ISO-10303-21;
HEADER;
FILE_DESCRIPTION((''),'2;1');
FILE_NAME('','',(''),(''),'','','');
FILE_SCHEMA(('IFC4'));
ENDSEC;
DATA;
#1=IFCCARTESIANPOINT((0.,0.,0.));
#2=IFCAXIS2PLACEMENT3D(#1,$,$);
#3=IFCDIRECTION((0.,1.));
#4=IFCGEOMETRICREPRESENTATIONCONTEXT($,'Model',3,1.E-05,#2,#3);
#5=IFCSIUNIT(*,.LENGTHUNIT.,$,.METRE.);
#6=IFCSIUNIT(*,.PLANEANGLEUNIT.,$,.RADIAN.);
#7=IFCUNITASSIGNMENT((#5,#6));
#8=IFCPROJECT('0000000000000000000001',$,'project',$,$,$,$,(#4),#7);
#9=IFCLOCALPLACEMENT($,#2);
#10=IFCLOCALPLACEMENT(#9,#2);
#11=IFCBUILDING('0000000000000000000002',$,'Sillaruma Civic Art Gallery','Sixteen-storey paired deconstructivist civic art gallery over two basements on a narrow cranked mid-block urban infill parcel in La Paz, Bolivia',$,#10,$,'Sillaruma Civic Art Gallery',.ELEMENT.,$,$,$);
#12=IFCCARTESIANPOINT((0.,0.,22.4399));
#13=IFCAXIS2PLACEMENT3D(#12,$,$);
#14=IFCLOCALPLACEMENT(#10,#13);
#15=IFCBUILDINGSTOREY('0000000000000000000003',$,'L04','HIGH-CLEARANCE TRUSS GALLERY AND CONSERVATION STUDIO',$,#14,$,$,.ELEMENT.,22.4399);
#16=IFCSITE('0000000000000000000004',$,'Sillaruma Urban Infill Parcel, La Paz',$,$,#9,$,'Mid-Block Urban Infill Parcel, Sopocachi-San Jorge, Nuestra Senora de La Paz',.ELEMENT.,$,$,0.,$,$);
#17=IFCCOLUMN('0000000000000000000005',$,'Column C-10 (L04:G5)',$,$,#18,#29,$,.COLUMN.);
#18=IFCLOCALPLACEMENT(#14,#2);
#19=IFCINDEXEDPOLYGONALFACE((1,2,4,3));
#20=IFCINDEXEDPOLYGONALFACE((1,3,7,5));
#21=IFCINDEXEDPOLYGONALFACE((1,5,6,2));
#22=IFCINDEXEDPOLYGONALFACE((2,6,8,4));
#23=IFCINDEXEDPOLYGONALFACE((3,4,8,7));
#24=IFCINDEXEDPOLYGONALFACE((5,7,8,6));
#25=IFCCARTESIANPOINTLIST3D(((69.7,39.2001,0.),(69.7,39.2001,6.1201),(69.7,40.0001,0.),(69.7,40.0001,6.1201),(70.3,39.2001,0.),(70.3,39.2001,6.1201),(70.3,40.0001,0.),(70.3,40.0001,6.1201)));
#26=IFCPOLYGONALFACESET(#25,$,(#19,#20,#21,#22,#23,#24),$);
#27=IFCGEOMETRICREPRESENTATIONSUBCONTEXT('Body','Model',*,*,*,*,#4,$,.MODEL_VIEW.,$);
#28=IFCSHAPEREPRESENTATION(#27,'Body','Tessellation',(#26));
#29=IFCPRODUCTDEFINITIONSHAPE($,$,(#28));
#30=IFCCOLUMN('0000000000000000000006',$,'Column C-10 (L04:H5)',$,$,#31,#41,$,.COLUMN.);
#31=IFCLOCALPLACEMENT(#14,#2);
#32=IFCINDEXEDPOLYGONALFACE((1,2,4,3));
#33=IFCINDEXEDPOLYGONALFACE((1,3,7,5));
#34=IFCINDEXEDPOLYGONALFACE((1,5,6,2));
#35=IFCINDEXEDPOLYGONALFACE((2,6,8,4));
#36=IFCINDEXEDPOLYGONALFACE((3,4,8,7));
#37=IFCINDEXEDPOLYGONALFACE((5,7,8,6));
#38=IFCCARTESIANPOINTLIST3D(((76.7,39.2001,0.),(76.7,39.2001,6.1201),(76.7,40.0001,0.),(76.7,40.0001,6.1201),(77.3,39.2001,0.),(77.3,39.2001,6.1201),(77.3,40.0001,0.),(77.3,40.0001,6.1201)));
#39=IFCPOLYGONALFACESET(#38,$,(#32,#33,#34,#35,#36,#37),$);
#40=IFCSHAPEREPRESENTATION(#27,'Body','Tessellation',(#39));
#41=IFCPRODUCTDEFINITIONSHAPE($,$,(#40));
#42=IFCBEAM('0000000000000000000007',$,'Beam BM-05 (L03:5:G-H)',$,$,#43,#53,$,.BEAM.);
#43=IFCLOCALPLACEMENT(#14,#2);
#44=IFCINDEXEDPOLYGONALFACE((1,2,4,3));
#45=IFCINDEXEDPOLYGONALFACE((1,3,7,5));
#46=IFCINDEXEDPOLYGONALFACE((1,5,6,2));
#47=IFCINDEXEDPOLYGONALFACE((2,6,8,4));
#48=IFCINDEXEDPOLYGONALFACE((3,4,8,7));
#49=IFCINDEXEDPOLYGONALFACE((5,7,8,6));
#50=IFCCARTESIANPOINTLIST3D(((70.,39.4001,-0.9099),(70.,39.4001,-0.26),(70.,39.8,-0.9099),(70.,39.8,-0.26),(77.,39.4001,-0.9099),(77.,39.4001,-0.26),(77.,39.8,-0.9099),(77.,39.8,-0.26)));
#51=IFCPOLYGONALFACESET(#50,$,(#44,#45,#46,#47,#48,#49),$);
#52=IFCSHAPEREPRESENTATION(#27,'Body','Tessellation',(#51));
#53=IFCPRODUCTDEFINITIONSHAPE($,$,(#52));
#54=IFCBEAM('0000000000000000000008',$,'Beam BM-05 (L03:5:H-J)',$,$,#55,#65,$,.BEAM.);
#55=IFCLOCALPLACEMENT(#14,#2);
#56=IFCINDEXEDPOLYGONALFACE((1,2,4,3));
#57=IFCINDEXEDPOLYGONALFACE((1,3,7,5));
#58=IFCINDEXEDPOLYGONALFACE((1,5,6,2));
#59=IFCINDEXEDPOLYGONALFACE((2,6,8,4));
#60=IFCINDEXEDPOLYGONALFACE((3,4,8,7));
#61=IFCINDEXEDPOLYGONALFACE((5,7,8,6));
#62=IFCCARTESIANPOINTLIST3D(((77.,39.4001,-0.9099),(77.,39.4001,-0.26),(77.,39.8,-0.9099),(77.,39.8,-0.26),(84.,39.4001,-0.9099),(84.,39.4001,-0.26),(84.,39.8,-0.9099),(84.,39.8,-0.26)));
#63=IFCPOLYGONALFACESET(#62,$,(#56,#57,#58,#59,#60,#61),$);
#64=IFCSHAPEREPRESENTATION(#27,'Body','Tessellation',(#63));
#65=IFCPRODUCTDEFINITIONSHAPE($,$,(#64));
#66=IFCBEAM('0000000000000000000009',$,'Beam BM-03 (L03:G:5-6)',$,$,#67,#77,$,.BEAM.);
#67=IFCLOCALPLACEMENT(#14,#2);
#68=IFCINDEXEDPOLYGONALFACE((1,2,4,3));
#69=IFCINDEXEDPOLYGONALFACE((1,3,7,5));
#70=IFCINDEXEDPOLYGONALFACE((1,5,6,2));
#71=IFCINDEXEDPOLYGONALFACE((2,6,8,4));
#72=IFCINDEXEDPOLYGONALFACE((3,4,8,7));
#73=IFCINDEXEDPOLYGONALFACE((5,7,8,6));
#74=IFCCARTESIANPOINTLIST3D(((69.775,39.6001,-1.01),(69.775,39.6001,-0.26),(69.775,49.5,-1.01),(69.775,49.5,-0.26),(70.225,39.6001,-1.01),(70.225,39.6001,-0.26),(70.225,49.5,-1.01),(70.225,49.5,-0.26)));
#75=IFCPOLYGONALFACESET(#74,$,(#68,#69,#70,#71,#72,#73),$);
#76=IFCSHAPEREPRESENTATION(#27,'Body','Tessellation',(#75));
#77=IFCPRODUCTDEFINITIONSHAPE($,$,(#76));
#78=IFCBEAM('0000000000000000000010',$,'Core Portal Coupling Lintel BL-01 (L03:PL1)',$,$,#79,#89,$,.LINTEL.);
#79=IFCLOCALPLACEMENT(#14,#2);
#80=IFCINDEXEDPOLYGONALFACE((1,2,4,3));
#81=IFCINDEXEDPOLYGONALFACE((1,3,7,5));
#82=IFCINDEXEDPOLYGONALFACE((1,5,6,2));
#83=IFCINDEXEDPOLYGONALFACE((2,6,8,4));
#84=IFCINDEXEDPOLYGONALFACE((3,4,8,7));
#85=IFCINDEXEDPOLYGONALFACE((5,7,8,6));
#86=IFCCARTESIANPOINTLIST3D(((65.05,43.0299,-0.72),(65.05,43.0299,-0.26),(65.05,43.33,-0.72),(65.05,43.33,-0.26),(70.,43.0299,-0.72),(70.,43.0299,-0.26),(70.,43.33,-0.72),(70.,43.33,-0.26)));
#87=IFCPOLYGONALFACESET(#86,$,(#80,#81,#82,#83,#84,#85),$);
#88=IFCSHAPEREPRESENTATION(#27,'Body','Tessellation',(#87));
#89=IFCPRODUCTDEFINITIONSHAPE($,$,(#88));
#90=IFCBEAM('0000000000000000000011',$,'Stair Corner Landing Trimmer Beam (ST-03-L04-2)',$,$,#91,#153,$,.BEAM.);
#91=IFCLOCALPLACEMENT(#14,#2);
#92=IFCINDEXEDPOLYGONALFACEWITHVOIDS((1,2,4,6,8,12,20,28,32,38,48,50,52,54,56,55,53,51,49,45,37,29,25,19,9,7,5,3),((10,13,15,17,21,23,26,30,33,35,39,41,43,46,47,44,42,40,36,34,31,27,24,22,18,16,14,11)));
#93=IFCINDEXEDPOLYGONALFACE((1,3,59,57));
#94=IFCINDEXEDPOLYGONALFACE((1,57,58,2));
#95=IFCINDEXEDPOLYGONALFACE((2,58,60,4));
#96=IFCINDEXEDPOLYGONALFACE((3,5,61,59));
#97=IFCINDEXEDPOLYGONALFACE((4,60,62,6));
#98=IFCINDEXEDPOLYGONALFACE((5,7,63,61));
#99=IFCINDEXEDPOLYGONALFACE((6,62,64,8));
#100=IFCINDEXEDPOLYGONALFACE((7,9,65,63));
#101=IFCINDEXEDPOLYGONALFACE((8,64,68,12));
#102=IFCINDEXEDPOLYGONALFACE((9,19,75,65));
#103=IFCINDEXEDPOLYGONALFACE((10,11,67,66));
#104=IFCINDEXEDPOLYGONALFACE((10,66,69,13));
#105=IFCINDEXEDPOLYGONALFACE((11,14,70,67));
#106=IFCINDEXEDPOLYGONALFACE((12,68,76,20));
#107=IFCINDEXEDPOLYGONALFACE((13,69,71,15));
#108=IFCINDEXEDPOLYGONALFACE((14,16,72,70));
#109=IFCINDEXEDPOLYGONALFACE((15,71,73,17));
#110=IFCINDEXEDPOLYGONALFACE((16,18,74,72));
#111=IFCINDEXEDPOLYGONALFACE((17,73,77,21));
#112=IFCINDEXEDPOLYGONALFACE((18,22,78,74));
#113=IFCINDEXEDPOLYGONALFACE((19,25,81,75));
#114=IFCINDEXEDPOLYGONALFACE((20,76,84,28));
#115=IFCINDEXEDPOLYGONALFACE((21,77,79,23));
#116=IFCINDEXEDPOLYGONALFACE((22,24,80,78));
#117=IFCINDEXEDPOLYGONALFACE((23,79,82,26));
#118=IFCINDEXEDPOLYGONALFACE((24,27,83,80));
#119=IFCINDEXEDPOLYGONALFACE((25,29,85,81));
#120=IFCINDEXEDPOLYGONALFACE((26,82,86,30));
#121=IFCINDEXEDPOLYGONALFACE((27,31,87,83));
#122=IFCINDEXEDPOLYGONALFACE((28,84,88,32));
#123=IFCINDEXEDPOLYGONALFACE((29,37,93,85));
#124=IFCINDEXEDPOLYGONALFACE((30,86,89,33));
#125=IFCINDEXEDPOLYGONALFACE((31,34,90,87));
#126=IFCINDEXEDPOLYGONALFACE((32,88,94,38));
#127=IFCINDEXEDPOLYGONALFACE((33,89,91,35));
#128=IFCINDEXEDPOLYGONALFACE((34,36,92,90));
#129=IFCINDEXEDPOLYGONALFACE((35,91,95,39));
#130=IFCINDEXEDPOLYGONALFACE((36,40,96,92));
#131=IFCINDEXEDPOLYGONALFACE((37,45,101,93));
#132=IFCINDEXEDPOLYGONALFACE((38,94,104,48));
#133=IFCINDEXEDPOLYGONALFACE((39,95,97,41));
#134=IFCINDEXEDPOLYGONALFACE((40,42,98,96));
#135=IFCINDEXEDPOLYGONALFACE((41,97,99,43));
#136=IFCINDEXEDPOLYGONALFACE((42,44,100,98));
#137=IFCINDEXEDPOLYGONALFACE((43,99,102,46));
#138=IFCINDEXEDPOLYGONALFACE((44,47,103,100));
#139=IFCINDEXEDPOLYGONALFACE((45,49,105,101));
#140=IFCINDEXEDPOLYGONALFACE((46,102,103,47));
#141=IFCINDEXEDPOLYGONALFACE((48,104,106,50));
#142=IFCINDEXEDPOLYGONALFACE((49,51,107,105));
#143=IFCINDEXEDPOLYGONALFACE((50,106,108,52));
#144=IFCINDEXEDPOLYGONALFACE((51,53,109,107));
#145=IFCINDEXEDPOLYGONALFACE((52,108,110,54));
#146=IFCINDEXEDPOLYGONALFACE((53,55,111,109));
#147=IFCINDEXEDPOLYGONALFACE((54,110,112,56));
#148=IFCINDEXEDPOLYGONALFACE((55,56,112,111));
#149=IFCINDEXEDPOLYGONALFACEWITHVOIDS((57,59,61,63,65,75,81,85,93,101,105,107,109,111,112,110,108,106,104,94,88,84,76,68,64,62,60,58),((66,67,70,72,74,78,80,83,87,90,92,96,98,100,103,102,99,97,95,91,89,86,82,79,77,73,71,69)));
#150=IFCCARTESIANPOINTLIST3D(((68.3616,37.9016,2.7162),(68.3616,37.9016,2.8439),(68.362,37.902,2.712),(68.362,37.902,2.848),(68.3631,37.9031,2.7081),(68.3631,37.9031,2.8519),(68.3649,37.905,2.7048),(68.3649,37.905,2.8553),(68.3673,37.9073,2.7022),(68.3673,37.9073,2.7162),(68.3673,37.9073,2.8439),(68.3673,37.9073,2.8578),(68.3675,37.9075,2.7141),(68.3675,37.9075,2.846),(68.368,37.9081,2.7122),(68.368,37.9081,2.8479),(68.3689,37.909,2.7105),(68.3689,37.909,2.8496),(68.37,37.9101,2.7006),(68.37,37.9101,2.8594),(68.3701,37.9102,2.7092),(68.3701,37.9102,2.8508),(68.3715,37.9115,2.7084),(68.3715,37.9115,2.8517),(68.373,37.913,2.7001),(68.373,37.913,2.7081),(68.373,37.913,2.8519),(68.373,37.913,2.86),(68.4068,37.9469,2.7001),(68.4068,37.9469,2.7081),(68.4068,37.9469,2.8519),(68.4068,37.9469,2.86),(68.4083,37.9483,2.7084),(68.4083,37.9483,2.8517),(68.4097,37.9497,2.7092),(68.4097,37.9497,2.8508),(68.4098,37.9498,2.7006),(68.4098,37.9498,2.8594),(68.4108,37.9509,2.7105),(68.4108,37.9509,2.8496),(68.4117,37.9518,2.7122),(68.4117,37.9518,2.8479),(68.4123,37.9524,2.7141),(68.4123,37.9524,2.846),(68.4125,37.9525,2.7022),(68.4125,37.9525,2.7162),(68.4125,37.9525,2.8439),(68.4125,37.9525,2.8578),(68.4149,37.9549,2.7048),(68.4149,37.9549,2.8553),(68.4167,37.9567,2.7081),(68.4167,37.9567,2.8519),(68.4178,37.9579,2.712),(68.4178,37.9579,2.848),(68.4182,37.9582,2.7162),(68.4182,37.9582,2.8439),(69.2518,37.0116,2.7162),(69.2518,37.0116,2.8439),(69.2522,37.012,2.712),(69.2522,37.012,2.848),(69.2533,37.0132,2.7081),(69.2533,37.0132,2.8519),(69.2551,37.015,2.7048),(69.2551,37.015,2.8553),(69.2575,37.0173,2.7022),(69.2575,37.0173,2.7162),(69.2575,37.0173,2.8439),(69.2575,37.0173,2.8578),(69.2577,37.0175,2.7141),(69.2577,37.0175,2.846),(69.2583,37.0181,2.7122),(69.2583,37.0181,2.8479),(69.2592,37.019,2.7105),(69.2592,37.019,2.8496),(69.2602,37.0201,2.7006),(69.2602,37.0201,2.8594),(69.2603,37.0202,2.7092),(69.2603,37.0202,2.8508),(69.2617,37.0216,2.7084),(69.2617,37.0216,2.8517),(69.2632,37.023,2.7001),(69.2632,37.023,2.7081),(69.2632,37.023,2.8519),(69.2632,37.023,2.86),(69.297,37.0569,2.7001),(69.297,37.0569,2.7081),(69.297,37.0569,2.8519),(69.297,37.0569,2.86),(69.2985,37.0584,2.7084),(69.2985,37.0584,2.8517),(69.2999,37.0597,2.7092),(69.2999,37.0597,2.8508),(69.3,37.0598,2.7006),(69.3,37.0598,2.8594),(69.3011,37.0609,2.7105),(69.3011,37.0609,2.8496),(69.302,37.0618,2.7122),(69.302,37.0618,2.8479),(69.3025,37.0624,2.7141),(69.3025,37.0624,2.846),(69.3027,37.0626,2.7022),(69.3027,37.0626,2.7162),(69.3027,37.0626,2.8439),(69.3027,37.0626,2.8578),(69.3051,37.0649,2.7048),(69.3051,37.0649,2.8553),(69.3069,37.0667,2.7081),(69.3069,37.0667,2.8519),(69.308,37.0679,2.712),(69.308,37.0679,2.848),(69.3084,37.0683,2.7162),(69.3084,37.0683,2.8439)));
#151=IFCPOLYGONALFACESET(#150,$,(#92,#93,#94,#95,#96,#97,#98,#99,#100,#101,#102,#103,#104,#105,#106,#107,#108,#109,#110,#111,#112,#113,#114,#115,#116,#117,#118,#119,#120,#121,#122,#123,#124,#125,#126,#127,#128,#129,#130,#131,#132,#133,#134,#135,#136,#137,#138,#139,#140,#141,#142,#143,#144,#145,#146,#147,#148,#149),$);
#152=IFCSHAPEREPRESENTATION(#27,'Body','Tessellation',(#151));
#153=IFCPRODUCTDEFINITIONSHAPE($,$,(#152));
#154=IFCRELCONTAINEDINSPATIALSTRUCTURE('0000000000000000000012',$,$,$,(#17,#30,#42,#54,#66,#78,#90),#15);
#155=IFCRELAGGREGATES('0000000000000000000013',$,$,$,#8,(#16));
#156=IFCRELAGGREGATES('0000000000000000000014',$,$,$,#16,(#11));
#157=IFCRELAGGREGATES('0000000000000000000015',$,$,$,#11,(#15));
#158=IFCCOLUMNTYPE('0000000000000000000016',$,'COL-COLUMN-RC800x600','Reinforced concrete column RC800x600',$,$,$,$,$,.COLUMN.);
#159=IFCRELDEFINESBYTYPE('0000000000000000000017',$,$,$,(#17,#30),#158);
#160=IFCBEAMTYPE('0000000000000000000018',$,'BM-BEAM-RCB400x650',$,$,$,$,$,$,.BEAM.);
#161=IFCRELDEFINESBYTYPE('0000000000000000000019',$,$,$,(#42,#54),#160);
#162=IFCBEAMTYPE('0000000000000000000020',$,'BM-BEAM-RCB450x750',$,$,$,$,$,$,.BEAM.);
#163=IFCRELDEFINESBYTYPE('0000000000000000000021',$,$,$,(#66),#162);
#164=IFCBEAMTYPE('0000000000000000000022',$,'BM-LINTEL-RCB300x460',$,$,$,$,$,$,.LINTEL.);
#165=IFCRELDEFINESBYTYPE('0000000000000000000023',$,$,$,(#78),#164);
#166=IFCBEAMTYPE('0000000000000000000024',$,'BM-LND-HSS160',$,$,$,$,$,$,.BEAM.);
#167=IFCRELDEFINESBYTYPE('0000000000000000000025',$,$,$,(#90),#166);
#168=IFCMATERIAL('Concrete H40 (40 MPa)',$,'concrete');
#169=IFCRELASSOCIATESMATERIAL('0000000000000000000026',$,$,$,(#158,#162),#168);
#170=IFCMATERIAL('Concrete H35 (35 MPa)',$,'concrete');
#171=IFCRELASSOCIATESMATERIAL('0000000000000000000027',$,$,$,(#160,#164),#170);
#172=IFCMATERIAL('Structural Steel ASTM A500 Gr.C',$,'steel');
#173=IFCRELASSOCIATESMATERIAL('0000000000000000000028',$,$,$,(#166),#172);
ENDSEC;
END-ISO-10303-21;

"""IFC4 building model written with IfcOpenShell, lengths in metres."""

from ifc_helpers import new_model, si_unit, direction, frame, origin, origin_2d, place, context, subcontext, project, spatial, rectangle, hollow_rectangle, extrude, material, material_profile, profile_set, type_object, element, save


model = new_model("IFC4")

# Units and contexts
model_context = context("Model", 3, precision=1e-05, world=origin(), true_north=direction((0.0, 1.0)))
body_context = subcontext(model_context, "Body", "Model", "MODEL_VIEW")
ifc_project = project(units=[si_unit("LENGTHUNIT", "METRE"), si_unit("PLANEANGLEUNIT", "RADIAN")], contexts=[model_context])

# Site, building, storey
site_placement = place(None, origin())
site = spatial("IfcSite", under=ifc_project, at=site_placement, Name="Sillaruma Urban Infill Parcel, La Paz", LongName="Mid-Block Urban Infill Parcel, Sopocachi-San Jorge, Nuestra Senora de La Paz", CompositionType="ELEMENT", RefElevation=0.0)
building_placement = place(site_placement, origin())
building = spatial("IfcBuilding", under=site, at=building_placement, Name="Sillaruma Civic Art Gallery", Description="Sixteen-storey paired deconstructivist civic art gallery over two basements on a narrow cranked mid-block urban infill parcel in La Paz, Bolivia", LongName="Sillaruma Civic Art Gallery", CompositionType="ELEMENT")
storey_placement = place(building_placement, frame((0.0, 0.0, 22.4399)))
storey = spatial("IfcBuildingStorey", under=building, at=storey_placement, Name="L04", Description="HIGH-CLEARANCE TRUSS GALLERY AND CONSERVATION STUDIO", CompositionType="ELEMENT", Elevation=22.4399)

# Columns
ifc_material_1 = material(Name="Concrete H40 (40 MPa)", Category="concrete")
ifc_material_profile_1 = material_profile(ifc_material_1, rectangle(XDim=0.6001, YDim=0.8, at=origin_2d()), Name="RC800x600")
ifc_profile_set_1 = profile_set([ifc_material_profile_1], Name="Concrete H40 (40 MPa)")
column_type = type_object("IfcColumnType", Name="COL-COLUMN-RC800x600", Description="Reinforced concrete column RC800x600", PredefinedType="COLUMN", material=ifc_profile_set_1)
for number, where, z_axis, x_axis, name in (
    (1, (70.0, 39.6001, 0.0), (0.0, 0.0, 1.0), (1.0, 0.0, 0.0), "Column C-10 (L04:G5)"),
    (2, (77.0, 39.6001, 0.0), (0.0, 0.0, 1.0), (1.0, 0.0, 0.0), "Column C-10 (L04:H5)"),
):
    element("IfcColumn", number, at=place(storey_placement, frame(where, z_axis=z_axis, x_axis=x_axis)), inside=storey, type_object=column_type, Name=name, PredefinedType="COLUMN", context=body_context, shape_type="SweptSolid", body=[
        extrude(rectangle(XDim=0.6001, YDim=0.8, at=origin_2d()), origin(), (0.0, 0.0, 1.0), 6.1201),
    ])

# Beams
ifc_material_2 = material(Name="Concrete H35 (35 MPa)", Category="concrete")
ifc_material_profile_2 = material_profile(ifc_material_2, rectangle(XDim=0.3999, YDim=0.6499, at=origin_2d()), Name="RCB400x650")
ifc_profile_set_2 = profile_set([ifc_material_profile_2], Name="Concrete H35 (35 MPa)")
beam_type_1 = type_object("IfcBeamType", Name="BM-BEAM-RCB400x650", PredefinedType="BEAM", material=ifc_profile_set_2)
for number, where, z_axis, x_axis, name in (
    (3, (70.0, 39.6001, -0.585), (1.0, 0.0, 0.0), (0.0, 1.0, 0.0), "Beam BM-05 (L03:5:G-H)"),
    (4, (77.0, 39.6001, -0.585), (1.0, 0.0, 0.0), (0.0, 1.0, 0.0), "Beam BM-05 (L03:5:H-J)"),
):
    element("IfcBeam", number, at=place(storey_placement, frame(where, z_axis=z_axis, x_axis=x_axis)), inside=storey, type_object=beam_type_1, Name=name, PredefinedType="BEAM", context=body_context, shape_type="SweptSolid", body=[
        extrude(rectangle(XDim=0.3999, YDim=0.6499, at=origin_2d()), origin(), (0.0, 0.0, 1.0), 7.0),
    ])
ifc_material_profile_3 = material_profile(ifc_material_1, rectangle(XDim=0.45, YDim=0.75, at=origin_2d()), Name="RCB450x750")
ifc_profile_set_3 = profile_set([ifc_material_profile_3], Name="Concrete H40 (40 MPa)")
beam_type_2 = type_object("IfcBeamType", Name="BM-BEAM-RCB450x750", PredefinedType="BEAM", material=ifc_profile_set_3)
beam_1_placement = place(storey_placement, frame((70.0, 39.6001, -0.635), z_axis=(0.0, 1.0, 0.0), x_axis=(-1.0, 0.0, 0.0)))
element("IfcBeam", 5, at=beam_1_placement, inside=storey, type_object=beam_type_2, Name="Beam BM-03 (L03:G:5-6)", PredefinedType="BEAM", context=body_context, shape_type="SweptSolid", body=[
    extrude(rectangle(XDim=0.45, YDim=0.75, at=origin_2d()), origin(), (0.0, 0.0, 1.0), 9.8999),
])
ifc_material_profile_4 = material_profile(ifc_material_2, rectangle(XDim=0.3, YDim=0.46, at=origin_2d()), Name="RCB300x460")
ifc_profile_set_4 = profile_set([ifc_material_profile_4], Name="Concrete H35 (35 MPa)")
beam_type_3 = type_object("IfcBeamType", Name="BM-LINTEL-RCB300x460", PredefinedType="LINTEL", material=ifc_profile_set_4)
beam_2_placement = place(storey_placement, frame((65.05, 43.1799, -0.49), z_axis=(1.0, 0.0, 0.0), x_axis=(0.0, 1.0, 0.0)))
element("IfcBeam", 6, at=beam_2_placement, inside=storey, type_object=beam_type_3, Name="Core Portal Coupling Lintel BL-01 (L03:PL1)", PredefinedType="LINTEL", context=body_context, shape_type="SweptSolid", body=[
    extrude(rectangle(XDim=0.3, YDim=0.46, at=origin_2d()), origin(), (0.0, 0.0, 1.0), 4.95),
])
ifc_material_3 = material(Name="Structural Steel ASTM A500 Gr.C", Category="steel")
ifc_material_profile_5 = material_profile(ifc_material_3, hollow_rectangle(XDim=0.0801, YDim=0.1599, WallThickness=0.0081, InnerFilletRadius=0.0081, OuterFilletRadius=0.0161, at=origin_2d()), Name="HSS160x80x8")
ifc_profile_set_5 = profile_set([ifc_material_profile_5], Name="Structural Steel ASTM A500 Gr.C")
beam_type_4 = type_object("IfcBeamType", Name="BM-LND-HSS160", PredefinedType="BEAM", material=ifc_profile_set_5)
for number, where, z_axis, x_axis, name in (
    (7, (68.3899, 37.9299, 2.78), (0.707204, -0.70701, 0.0), (0.70701, 0.707204, 0.0), "Stair Corner Landing Trimmer Beam (ST-03-L04-2)"),
):
    element("IfcBeam", number, at=place(storey_placement, frame(where, z_axis=z_axis, x_axis=x_axis)), inside=storey, type_object=beam_type_4, Name=name, PredefinedType="BEAM", context=body_context, shape_type="SweptSolid", body=[
        extrude(hollow_rectangle(XDim=0.0801, YDim=0.1599, WallThickness=0.0081, InnerFilletRadius=0.0081, OuterFilletRadius=0.0161, at=origin_2d()), origin(), (0.0, 0.0, 1.0), 1.2588),
    ])

save(model, "model.ifc")
